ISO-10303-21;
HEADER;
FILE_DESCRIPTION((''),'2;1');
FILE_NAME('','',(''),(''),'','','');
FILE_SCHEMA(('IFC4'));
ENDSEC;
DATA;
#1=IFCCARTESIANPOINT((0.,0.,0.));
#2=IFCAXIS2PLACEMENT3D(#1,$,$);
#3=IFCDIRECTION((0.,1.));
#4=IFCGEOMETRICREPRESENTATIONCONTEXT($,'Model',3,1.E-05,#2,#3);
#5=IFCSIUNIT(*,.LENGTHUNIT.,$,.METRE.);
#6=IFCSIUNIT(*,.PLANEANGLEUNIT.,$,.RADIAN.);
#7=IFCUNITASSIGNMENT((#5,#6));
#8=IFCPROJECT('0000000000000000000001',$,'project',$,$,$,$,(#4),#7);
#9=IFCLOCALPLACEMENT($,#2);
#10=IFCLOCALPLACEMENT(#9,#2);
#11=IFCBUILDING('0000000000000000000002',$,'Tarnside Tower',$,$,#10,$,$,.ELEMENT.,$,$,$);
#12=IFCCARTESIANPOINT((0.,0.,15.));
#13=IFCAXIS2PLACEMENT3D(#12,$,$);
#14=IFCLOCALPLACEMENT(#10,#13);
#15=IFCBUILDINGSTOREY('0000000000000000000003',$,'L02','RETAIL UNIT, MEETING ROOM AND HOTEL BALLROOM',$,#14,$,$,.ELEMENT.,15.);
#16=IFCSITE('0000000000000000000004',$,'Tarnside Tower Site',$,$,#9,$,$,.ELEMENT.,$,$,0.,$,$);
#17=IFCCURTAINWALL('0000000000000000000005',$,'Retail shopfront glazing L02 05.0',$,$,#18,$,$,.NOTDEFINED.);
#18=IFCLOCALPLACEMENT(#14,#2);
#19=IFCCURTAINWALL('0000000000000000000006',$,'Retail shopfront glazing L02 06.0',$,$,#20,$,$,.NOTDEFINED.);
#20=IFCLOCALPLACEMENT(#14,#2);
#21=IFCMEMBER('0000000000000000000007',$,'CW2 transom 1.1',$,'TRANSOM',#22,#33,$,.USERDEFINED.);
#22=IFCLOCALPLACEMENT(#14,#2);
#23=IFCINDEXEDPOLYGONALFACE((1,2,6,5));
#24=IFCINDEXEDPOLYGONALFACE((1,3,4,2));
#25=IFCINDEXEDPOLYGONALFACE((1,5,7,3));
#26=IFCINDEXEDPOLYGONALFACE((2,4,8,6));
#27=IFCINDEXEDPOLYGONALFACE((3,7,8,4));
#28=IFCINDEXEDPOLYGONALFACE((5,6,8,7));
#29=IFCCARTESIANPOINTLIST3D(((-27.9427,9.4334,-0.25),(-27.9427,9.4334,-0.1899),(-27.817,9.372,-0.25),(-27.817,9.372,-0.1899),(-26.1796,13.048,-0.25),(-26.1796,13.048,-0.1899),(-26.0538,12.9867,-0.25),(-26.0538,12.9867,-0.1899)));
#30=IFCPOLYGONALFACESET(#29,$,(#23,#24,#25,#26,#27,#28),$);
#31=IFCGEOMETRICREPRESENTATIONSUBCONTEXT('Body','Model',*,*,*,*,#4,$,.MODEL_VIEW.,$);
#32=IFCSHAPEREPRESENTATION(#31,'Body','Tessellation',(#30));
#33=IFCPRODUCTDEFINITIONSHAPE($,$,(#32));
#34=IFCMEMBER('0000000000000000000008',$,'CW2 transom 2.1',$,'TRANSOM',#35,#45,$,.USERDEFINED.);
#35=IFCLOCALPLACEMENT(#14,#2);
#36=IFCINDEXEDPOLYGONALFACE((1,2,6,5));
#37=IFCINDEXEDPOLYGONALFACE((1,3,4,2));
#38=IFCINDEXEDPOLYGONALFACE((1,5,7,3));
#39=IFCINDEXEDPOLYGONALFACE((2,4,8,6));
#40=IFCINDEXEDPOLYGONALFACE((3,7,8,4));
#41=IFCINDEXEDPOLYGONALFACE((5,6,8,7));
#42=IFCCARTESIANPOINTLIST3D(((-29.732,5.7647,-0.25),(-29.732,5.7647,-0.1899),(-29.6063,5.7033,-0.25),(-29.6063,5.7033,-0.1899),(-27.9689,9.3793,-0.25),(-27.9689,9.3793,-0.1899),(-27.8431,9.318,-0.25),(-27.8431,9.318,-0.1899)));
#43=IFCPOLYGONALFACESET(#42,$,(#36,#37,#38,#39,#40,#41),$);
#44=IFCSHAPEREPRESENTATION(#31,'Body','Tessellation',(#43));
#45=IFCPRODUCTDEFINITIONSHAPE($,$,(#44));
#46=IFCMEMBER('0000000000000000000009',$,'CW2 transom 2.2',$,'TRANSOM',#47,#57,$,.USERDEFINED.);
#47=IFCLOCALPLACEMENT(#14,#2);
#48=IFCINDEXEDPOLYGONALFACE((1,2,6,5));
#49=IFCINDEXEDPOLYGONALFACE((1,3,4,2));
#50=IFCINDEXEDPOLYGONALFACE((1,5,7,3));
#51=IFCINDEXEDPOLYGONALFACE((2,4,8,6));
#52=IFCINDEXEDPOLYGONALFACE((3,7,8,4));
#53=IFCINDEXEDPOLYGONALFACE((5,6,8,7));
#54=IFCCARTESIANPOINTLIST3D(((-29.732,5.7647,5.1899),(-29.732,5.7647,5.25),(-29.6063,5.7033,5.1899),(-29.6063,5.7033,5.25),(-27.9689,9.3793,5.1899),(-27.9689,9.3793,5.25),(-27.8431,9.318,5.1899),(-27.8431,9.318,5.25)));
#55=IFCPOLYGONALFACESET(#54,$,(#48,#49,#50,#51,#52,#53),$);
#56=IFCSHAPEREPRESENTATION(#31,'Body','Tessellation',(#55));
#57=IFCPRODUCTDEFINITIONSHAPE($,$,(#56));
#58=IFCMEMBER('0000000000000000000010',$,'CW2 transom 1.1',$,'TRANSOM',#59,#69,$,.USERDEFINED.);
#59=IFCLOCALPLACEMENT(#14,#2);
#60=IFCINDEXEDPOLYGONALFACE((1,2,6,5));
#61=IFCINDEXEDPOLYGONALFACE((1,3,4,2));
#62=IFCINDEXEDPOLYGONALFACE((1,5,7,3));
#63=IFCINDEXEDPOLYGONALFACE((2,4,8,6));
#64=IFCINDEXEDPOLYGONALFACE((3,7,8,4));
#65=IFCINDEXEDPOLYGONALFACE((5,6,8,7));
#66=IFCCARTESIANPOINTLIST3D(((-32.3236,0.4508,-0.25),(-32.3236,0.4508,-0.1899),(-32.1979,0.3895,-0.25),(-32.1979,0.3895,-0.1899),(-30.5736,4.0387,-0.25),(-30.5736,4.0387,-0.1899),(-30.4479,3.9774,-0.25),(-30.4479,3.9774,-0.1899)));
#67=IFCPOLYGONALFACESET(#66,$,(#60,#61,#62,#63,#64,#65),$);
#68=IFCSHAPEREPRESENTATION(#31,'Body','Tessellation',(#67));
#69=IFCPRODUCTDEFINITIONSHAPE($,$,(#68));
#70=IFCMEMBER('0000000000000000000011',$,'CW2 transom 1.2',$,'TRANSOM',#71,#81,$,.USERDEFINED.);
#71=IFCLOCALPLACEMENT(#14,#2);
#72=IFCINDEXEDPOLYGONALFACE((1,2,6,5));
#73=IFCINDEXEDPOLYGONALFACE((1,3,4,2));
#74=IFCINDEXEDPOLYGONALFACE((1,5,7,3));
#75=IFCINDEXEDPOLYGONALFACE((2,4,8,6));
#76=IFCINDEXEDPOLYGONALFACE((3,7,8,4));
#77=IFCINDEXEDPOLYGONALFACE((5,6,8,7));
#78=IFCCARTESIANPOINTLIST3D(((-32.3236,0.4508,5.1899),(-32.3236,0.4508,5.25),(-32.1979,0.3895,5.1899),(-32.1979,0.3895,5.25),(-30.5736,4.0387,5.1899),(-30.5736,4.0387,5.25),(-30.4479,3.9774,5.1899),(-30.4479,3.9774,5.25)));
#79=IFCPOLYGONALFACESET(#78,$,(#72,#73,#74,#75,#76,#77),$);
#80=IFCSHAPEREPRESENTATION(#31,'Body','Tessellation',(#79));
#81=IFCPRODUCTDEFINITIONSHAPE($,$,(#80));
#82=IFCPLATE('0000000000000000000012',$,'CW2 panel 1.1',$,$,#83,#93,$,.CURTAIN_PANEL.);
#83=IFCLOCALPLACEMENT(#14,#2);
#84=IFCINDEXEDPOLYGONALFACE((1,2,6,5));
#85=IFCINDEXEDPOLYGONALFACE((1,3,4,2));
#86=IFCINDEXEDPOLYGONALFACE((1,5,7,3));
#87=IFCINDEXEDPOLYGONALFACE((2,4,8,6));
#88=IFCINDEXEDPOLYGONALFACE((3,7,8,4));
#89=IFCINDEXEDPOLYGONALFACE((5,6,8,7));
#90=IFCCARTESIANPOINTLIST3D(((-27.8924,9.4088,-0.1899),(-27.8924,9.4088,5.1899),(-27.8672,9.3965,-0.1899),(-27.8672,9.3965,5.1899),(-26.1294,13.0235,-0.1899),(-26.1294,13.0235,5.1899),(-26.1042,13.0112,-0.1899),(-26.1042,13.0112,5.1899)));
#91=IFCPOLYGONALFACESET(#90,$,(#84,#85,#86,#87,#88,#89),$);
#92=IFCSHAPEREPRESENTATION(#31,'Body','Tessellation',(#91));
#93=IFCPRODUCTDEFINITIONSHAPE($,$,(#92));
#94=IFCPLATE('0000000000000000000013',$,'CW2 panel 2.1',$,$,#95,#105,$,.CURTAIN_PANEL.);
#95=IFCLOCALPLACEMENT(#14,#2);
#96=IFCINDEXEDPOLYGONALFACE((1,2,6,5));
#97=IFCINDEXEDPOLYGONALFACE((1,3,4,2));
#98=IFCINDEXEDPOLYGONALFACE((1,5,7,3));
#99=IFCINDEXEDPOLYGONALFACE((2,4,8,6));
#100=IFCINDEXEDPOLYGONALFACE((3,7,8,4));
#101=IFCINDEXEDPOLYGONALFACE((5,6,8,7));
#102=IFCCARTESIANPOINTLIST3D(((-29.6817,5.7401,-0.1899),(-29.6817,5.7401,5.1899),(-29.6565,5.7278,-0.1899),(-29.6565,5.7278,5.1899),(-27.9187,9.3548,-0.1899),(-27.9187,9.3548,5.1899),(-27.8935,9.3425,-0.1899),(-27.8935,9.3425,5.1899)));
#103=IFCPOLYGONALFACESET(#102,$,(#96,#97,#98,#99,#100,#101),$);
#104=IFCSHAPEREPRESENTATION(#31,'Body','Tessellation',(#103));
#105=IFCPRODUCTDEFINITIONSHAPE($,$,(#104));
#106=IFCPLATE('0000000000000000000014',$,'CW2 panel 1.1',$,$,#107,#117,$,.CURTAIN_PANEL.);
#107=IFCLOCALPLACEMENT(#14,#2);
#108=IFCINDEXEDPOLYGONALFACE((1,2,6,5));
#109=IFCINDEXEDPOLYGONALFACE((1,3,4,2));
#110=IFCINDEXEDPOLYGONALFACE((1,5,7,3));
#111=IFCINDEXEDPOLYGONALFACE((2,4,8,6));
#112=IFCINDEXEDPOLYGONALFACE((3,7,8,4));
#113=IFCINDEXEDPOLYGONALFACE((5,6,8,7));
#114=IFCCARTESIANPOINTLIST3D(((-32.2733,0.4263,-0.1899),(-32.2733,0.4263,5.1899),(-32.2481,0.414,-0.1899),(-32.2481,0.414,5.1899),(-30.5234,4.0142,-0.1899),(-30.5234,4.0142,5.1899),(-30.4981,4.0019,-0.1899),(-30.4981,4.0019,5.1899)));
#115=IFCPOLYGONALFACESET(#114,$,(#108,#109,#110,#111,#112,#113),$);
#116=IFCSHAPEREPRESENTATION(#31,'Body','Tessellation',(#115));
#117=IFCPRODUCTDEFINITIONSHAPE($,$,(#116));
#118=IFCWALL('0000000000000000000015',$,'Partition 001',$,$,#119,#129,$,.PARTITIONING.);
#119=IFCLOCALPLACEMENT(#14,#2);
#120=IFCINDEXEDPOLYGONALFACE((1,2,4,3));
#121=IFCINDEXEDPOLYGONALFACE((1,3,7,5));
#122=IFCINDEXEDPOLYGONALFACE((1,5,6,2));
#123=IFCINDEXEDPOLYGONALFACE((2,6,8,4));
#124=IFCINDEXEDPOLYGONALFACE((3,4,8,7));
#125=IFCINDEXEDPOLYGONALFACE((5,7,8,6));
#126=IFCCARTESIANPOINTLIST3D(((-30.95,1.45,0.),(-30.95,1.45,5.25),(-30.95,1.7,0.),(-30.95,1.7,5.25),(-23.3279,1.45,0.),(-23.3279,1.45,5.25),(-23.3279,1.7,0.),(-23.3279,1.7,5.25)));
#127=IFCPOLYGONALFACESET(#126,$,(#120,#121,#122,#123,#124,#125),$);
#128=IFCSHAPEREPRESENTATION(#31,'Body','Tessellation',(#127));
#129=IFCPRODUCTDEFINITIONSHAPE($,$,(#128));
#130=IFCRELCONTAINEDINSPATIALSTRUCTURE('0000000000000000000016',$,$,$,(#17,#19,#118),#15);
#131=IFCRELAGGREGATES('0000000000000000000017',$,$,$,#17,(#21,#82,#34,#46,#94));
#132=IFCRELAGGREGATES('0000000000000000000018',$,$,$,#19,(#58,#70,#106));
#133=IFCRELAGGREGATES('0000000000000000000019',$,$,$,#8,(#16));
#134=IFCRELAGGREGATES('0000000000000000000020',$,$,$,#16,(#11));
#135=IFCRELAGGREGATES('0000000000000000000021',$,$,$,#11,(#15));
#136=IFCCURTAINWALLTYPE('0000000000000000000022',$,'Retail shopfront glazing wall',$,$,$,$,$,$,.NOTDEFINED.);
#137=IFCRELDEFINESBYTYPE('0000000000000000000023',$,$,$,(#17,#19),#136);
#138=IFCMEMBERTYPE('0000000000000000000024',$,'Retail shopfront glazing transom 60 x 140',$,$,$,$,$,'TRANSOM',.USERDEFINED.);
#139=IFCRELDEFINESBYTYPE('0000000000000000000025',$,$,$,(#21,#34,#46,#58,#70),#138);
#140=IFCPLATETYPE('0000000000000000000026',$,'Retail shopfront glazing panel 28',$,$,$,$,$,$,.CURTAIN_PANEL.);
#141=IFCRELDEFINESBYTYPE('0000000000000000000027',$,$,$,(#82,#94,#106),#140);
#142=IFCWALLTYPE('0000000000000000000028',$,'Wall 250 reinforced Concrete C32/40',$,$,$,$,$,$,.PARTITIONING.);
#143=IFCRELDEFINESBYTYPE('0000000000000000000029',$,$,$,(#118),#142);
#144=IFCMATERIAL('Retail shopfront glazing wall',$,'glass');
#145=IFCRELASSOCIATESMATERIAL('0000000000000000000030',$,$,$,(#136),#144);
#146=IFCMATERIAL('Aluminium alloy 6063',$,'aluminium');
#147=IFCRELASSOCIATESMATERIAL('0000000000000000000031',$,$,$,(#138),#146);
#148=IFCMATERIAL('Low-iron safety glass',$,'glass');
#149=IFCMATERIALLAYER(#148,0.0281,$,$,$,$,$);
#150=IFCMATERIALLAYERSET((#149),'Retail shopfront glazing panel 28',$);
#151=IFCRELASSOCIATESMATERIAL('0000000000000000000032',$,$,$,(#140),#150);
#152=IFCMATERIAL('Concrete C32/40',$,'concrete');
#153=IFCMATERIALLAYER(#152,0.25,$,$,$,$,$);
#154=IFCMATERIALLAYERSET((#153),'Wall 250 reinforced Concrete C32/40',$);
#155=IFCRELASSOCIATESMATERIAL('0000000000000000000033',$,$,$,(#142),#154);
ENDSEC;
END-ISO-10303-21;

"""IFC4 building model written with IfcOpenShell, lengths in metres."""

from ifc_helpers import new_model, si_unit, direction, frame, frame_2d, origin, origin_2d, place, context, subcontext, project, spatial, rectangle, extrude, material, layer, layer_set, material_profile, profile_set, type_object, element, aggregate, save


model = new_model("IFC4")

# Units and contexts
model_context = context("Model", 3, precision=1e-05, world=origin(), true_north=direction((0.0, 1.0)))
body_context = subcontext(model_context, "Body", "Model", "MODEL_VIEW")
ifc_project = project(units=[si_unit("LENGTHUNIT", "METRE"), si_unit("PLANEANGLEUNIT", "RADIAN")], contexts=[model_context])

# Site, building, storey
site_placement = place(None, origin())
site = spatial("IfcSite", under=ifc_project, at=site_placement, Name="Tarnside Tower Site", CompositionType="ELEMENT", RefElevation=0.0)
building_placement = place(site_placement, origin())
building = spatial("IfcBuilding", under=site, at=building_placement, Name="Tarnside Tower", CompositionType="ELEMENT")
storey_placement = place(building_placement, frame((0.0, 0.0, 15.0)))
storey = spatial("IfcBuildingStorey", under=building, at=storey_placement, Name="L02", Description="RETAIL UNIT, MEETING ROOM AND HOTEL BALLROOM", CompositionType="ELEMENT", Elevation=15.0)

# Curtain wall
ifc_material_1 = material(Name="Retail shopfront glazing wall", Category="glass")
curtain_wall_type = type_object("IfcCurtainWallType", Name="Retail shopfront glazing wall", PredefinedType="NOTDEFINED", material=ifc_material_1)
curtain_wall_1_placement = place(storey_placement, origin())
curtain_wall_1 = element("IfcCurtainWall", 1, at=curtain_wall_1_placement, inside=storey, type_object=curtain_wall_type, Name="Retail shopfront glazing L02 05.0", PredefinedType="NOTDEFINED")
ifc_material_2 = material(Name="Aluminium alloy 6063", Category="aluminium")

# Curtain wall
curtain_wall_2_placement = place(storey_placement, origin())
curtain_wall_2 = element("IfcCurtainWall", 2, at=curtain_wall_2_placement, inside=storey, type_object=curtain_wall_type, Name="Retail shopfront glazing L02 06.0", PredefinedType="NOTDEFINED")

# Members
ifc_material_profile_1 = material_profile(ifc_material_2, rectangle(XDim=0.1399, YDim=0.0601, at=origin_2d()), Name="Retail shopfront glazing transom 60 x 140")
ifc_profile_set_1 = profile_set([ifc_material_profile_1], Name="Aluminium alloy 6063")
member_type_1 = type_object("IfcMemberType", Name="Retail shopfront glazing transom 60 x 140", ElementType="TRANSOM", PredefinedType="USERDEFINED", material=ifc_profile_set_1)
member_1_placement = place(storey_placement, frame((-26.1167, 13.0173, -0.22), z_axis=(-0.438402, -0.898779, 0.0), x_axis=(0.898779, -0.438402, 0.0)))
member_1 = element("IfcMember", 3, at=member_1_placement, type_object=member_type_1, Name="CW2 transom 1.1", ObjectType="TRANSOM", PredefinedType="USERDEFINED", context=body_context, shape_type="SweptSolid", body=[
    extrude(rectangle(XDim=0.1399, YDim=0.0601, at=origin_2d()), origin(), (0.0, 0.0, 1.0), 4.0217),
])
member_2_placement = place(storey_placement, frame((-27.906, 9.3486, -0.22), z_axis=(-0.438402, -0.898779, 0.0), x_axis=(0.898779, -0.438402, 0.0)))
member_2 = element("IfcMember", 4, at=member_2_placement, type_object=member_type_1, Name="CW2 transom 2.1", ObjectType="TRANSOM", PredefinedType="USERDEFINED", context=body_context, shape_type="SweptSolid", body=[
    extrude(rectangle(XDim=0.1399, YDim=0.0601, at=origin_2d()), origin(), (0.0, 0.0, 1.0), 4.0217),
])
member_3_placement = place(storey_placement, frame((-27.906, 9.3486, 5.22), z_axis=(-0.438402, -0.898779, 0.0), x_axis=(0.898779, -0.438402, 0.0)))
member_3 = element("IfcMember", 5, at=member_3_placement, type_object=member_type_1, Name="CW2 transom 2.2", ObjectType="TRANSOM", PredefinedType="USERDEFINED", context=body_context, shape_type="SweptSolid", body=[
    extrude(rectangle(XDim=0.1399, YDim=0.0601, at=origin_2d()), origin(), (0.0, 0.0, 1.0), 4.0217),
])
member_4_placement = place(storey_placement, frame((-30.5107, 4.0081, -0.22), z_axis=(-0.438385, -0.898787, 0.0), x_axis=(0.898787, -0.438385, 0.0)))
member_4 = element("IfcMember", 6, at=member_4_placement, type_object=member_type_1, Name="CW2 transom 1.1", ObjectType="TRANSOM", PredefinedType="USERDEFINED", context=body_context, shape_type="SweptSolid", body=[
    extrude(rectangle(XDim=0.1399, YDim=0.0601, at=origin_2d()), origin(), (0.0, 0.0, 1.0), 3.9919),
])
member_5_placement = place(storey_placement, frame((-30.5107, 4.0081, 5.22), z_axis=(-0.438385, -0.898787, 0.0), x_axis=(0.898787, -0.438385, 0.0)))
member_5 = element("IfcMember", 7, at=member_5_placement, type_object=member_type_1, Name="CW2 transom 1.2", ObjectType="TRANSOM", PredefinedType="USERDEFINED", context=body_context, shape_type="SweptSolid", body=[
    extrude(rectangle(XDim=0.1399, YDim=0.0601, at=origin_2d()), origin(), (0.0, 0.0, 1.0), 3.9919),
])

# Plates
ifc_material_3 = material(Name="Low-iron safety glass", Category="glass")
ifc_layer_1 = layer(ifc_material_3, 0.0281)
ifc_layer_set_1 = layer_set([ifc_layer_1], Name="Retail shopfront glazing panel 28")
plate_type = type_object("IfcPlateType", Name="Retail shopfront glazing panel 28", PredefinedType="CURTAIN_PANEL", material=ifc_layer_set_1)
plate_1_placement = place(storey_placement, frame((-26.9983, 11.21, -0.1899), z_axis=(0.0, 0.0, 1.0), x_axis=(-0.438371, -0.898794, 0.0)))
plate_1 = element("IfcPlate", 8, at=plate_1_placement, type_object=plate_type, Name="CW2 panel 1.1", PredefinedType="CURTAIN_PANEL", context=body_context, shape_type="SweptSolid", body=[
    extrude(rectangle(XDim=4.0217, YDim=0.0281, at=origin_2d()), origin(), (0.0, 0.0, 1.0), 5.3799),
])
plate_2_placement = place(storey_placement, frame((-28.7876, 7.5413, -0.1899), z_axis=(0.0, 0.0, 1.0), x_axis=(-0.438371, -0.898794, 0.0)))
plate_2 = element("IfcPlate", 9, at=plate_2_placement, type_object=plate_type, Name="CW2 panel 2.1", PredefinedType="CURTAIN_PANEL", context=body_context, shape_type="SweptSolid", body=[
    extrude(rectangle(XDim=4.0217, YDim=0.0281, at=origin_2d()), origin(), (0.0, 0.0, 1.0), 5.3799),
])
aggregate(curtain_wall_1, [member_1, plate_1, member_2, member_3, plate_2])
plate_3_placement = place(storey_placement, frame((-31.3857, 2.2141, -0.1899), z_axis=(0.0, 0.0, 1.0), x_axis=(-0.438371, -0.898794, 0.0)))
plate_3 = element("IfcPlate", 10, at=plate_3_placement, type_object=plate_type, Name="CW2 panel 1.1", PredefinedType="CURTAIN_PANEL", context=body_context, shape_type="SweptSolid", body=[
    extrude(rectangle(XDim=3.9919, YDim=0.0281, at=origin_2d()), origin(), (0.0, 0.0, 1.0), 5.3799),
])
aggregate(curtain_wall_2, [member_4, member_5, plate_3])

# Wall
ifc_material_4 = material(Name="Concrete C32/40", Category="concrete")
ifc_layer_2 = layer(ifc_material_4, 0.25)
ifc_layer_set_2 = layer_set([ifc_layer_2], Name="Wall 250 reinforced Concrete C32/40")
wall_type = type_object("IfcWallType", Name="Wall 250 reinforced Concrete C32/40", PredefinedType="PARTITIONING", material=ifc_layer_set_2)
wall_placement = place(storey_placement, frame((-30.95, 1.575, 0.0), z_axis=(0.0, 0.0, 1.0), x_axis=(1.0, 0.0, 0.0)))
element("IfcWall", 11, at=wall_placement, inside=storey, type_object=wall_type, Name="Partition 001", PredefinedType="PARTITIONING", context=body_context, shape_type="SweptSolid", body=[
    extrude(rectangle(XDim=7.6221, YDim=0.25, at=frame_2d((3.811, 0.0))), origin(), (0.0, 0.0, 1.0), 5.25),
])

save(model, "model.ifc")
